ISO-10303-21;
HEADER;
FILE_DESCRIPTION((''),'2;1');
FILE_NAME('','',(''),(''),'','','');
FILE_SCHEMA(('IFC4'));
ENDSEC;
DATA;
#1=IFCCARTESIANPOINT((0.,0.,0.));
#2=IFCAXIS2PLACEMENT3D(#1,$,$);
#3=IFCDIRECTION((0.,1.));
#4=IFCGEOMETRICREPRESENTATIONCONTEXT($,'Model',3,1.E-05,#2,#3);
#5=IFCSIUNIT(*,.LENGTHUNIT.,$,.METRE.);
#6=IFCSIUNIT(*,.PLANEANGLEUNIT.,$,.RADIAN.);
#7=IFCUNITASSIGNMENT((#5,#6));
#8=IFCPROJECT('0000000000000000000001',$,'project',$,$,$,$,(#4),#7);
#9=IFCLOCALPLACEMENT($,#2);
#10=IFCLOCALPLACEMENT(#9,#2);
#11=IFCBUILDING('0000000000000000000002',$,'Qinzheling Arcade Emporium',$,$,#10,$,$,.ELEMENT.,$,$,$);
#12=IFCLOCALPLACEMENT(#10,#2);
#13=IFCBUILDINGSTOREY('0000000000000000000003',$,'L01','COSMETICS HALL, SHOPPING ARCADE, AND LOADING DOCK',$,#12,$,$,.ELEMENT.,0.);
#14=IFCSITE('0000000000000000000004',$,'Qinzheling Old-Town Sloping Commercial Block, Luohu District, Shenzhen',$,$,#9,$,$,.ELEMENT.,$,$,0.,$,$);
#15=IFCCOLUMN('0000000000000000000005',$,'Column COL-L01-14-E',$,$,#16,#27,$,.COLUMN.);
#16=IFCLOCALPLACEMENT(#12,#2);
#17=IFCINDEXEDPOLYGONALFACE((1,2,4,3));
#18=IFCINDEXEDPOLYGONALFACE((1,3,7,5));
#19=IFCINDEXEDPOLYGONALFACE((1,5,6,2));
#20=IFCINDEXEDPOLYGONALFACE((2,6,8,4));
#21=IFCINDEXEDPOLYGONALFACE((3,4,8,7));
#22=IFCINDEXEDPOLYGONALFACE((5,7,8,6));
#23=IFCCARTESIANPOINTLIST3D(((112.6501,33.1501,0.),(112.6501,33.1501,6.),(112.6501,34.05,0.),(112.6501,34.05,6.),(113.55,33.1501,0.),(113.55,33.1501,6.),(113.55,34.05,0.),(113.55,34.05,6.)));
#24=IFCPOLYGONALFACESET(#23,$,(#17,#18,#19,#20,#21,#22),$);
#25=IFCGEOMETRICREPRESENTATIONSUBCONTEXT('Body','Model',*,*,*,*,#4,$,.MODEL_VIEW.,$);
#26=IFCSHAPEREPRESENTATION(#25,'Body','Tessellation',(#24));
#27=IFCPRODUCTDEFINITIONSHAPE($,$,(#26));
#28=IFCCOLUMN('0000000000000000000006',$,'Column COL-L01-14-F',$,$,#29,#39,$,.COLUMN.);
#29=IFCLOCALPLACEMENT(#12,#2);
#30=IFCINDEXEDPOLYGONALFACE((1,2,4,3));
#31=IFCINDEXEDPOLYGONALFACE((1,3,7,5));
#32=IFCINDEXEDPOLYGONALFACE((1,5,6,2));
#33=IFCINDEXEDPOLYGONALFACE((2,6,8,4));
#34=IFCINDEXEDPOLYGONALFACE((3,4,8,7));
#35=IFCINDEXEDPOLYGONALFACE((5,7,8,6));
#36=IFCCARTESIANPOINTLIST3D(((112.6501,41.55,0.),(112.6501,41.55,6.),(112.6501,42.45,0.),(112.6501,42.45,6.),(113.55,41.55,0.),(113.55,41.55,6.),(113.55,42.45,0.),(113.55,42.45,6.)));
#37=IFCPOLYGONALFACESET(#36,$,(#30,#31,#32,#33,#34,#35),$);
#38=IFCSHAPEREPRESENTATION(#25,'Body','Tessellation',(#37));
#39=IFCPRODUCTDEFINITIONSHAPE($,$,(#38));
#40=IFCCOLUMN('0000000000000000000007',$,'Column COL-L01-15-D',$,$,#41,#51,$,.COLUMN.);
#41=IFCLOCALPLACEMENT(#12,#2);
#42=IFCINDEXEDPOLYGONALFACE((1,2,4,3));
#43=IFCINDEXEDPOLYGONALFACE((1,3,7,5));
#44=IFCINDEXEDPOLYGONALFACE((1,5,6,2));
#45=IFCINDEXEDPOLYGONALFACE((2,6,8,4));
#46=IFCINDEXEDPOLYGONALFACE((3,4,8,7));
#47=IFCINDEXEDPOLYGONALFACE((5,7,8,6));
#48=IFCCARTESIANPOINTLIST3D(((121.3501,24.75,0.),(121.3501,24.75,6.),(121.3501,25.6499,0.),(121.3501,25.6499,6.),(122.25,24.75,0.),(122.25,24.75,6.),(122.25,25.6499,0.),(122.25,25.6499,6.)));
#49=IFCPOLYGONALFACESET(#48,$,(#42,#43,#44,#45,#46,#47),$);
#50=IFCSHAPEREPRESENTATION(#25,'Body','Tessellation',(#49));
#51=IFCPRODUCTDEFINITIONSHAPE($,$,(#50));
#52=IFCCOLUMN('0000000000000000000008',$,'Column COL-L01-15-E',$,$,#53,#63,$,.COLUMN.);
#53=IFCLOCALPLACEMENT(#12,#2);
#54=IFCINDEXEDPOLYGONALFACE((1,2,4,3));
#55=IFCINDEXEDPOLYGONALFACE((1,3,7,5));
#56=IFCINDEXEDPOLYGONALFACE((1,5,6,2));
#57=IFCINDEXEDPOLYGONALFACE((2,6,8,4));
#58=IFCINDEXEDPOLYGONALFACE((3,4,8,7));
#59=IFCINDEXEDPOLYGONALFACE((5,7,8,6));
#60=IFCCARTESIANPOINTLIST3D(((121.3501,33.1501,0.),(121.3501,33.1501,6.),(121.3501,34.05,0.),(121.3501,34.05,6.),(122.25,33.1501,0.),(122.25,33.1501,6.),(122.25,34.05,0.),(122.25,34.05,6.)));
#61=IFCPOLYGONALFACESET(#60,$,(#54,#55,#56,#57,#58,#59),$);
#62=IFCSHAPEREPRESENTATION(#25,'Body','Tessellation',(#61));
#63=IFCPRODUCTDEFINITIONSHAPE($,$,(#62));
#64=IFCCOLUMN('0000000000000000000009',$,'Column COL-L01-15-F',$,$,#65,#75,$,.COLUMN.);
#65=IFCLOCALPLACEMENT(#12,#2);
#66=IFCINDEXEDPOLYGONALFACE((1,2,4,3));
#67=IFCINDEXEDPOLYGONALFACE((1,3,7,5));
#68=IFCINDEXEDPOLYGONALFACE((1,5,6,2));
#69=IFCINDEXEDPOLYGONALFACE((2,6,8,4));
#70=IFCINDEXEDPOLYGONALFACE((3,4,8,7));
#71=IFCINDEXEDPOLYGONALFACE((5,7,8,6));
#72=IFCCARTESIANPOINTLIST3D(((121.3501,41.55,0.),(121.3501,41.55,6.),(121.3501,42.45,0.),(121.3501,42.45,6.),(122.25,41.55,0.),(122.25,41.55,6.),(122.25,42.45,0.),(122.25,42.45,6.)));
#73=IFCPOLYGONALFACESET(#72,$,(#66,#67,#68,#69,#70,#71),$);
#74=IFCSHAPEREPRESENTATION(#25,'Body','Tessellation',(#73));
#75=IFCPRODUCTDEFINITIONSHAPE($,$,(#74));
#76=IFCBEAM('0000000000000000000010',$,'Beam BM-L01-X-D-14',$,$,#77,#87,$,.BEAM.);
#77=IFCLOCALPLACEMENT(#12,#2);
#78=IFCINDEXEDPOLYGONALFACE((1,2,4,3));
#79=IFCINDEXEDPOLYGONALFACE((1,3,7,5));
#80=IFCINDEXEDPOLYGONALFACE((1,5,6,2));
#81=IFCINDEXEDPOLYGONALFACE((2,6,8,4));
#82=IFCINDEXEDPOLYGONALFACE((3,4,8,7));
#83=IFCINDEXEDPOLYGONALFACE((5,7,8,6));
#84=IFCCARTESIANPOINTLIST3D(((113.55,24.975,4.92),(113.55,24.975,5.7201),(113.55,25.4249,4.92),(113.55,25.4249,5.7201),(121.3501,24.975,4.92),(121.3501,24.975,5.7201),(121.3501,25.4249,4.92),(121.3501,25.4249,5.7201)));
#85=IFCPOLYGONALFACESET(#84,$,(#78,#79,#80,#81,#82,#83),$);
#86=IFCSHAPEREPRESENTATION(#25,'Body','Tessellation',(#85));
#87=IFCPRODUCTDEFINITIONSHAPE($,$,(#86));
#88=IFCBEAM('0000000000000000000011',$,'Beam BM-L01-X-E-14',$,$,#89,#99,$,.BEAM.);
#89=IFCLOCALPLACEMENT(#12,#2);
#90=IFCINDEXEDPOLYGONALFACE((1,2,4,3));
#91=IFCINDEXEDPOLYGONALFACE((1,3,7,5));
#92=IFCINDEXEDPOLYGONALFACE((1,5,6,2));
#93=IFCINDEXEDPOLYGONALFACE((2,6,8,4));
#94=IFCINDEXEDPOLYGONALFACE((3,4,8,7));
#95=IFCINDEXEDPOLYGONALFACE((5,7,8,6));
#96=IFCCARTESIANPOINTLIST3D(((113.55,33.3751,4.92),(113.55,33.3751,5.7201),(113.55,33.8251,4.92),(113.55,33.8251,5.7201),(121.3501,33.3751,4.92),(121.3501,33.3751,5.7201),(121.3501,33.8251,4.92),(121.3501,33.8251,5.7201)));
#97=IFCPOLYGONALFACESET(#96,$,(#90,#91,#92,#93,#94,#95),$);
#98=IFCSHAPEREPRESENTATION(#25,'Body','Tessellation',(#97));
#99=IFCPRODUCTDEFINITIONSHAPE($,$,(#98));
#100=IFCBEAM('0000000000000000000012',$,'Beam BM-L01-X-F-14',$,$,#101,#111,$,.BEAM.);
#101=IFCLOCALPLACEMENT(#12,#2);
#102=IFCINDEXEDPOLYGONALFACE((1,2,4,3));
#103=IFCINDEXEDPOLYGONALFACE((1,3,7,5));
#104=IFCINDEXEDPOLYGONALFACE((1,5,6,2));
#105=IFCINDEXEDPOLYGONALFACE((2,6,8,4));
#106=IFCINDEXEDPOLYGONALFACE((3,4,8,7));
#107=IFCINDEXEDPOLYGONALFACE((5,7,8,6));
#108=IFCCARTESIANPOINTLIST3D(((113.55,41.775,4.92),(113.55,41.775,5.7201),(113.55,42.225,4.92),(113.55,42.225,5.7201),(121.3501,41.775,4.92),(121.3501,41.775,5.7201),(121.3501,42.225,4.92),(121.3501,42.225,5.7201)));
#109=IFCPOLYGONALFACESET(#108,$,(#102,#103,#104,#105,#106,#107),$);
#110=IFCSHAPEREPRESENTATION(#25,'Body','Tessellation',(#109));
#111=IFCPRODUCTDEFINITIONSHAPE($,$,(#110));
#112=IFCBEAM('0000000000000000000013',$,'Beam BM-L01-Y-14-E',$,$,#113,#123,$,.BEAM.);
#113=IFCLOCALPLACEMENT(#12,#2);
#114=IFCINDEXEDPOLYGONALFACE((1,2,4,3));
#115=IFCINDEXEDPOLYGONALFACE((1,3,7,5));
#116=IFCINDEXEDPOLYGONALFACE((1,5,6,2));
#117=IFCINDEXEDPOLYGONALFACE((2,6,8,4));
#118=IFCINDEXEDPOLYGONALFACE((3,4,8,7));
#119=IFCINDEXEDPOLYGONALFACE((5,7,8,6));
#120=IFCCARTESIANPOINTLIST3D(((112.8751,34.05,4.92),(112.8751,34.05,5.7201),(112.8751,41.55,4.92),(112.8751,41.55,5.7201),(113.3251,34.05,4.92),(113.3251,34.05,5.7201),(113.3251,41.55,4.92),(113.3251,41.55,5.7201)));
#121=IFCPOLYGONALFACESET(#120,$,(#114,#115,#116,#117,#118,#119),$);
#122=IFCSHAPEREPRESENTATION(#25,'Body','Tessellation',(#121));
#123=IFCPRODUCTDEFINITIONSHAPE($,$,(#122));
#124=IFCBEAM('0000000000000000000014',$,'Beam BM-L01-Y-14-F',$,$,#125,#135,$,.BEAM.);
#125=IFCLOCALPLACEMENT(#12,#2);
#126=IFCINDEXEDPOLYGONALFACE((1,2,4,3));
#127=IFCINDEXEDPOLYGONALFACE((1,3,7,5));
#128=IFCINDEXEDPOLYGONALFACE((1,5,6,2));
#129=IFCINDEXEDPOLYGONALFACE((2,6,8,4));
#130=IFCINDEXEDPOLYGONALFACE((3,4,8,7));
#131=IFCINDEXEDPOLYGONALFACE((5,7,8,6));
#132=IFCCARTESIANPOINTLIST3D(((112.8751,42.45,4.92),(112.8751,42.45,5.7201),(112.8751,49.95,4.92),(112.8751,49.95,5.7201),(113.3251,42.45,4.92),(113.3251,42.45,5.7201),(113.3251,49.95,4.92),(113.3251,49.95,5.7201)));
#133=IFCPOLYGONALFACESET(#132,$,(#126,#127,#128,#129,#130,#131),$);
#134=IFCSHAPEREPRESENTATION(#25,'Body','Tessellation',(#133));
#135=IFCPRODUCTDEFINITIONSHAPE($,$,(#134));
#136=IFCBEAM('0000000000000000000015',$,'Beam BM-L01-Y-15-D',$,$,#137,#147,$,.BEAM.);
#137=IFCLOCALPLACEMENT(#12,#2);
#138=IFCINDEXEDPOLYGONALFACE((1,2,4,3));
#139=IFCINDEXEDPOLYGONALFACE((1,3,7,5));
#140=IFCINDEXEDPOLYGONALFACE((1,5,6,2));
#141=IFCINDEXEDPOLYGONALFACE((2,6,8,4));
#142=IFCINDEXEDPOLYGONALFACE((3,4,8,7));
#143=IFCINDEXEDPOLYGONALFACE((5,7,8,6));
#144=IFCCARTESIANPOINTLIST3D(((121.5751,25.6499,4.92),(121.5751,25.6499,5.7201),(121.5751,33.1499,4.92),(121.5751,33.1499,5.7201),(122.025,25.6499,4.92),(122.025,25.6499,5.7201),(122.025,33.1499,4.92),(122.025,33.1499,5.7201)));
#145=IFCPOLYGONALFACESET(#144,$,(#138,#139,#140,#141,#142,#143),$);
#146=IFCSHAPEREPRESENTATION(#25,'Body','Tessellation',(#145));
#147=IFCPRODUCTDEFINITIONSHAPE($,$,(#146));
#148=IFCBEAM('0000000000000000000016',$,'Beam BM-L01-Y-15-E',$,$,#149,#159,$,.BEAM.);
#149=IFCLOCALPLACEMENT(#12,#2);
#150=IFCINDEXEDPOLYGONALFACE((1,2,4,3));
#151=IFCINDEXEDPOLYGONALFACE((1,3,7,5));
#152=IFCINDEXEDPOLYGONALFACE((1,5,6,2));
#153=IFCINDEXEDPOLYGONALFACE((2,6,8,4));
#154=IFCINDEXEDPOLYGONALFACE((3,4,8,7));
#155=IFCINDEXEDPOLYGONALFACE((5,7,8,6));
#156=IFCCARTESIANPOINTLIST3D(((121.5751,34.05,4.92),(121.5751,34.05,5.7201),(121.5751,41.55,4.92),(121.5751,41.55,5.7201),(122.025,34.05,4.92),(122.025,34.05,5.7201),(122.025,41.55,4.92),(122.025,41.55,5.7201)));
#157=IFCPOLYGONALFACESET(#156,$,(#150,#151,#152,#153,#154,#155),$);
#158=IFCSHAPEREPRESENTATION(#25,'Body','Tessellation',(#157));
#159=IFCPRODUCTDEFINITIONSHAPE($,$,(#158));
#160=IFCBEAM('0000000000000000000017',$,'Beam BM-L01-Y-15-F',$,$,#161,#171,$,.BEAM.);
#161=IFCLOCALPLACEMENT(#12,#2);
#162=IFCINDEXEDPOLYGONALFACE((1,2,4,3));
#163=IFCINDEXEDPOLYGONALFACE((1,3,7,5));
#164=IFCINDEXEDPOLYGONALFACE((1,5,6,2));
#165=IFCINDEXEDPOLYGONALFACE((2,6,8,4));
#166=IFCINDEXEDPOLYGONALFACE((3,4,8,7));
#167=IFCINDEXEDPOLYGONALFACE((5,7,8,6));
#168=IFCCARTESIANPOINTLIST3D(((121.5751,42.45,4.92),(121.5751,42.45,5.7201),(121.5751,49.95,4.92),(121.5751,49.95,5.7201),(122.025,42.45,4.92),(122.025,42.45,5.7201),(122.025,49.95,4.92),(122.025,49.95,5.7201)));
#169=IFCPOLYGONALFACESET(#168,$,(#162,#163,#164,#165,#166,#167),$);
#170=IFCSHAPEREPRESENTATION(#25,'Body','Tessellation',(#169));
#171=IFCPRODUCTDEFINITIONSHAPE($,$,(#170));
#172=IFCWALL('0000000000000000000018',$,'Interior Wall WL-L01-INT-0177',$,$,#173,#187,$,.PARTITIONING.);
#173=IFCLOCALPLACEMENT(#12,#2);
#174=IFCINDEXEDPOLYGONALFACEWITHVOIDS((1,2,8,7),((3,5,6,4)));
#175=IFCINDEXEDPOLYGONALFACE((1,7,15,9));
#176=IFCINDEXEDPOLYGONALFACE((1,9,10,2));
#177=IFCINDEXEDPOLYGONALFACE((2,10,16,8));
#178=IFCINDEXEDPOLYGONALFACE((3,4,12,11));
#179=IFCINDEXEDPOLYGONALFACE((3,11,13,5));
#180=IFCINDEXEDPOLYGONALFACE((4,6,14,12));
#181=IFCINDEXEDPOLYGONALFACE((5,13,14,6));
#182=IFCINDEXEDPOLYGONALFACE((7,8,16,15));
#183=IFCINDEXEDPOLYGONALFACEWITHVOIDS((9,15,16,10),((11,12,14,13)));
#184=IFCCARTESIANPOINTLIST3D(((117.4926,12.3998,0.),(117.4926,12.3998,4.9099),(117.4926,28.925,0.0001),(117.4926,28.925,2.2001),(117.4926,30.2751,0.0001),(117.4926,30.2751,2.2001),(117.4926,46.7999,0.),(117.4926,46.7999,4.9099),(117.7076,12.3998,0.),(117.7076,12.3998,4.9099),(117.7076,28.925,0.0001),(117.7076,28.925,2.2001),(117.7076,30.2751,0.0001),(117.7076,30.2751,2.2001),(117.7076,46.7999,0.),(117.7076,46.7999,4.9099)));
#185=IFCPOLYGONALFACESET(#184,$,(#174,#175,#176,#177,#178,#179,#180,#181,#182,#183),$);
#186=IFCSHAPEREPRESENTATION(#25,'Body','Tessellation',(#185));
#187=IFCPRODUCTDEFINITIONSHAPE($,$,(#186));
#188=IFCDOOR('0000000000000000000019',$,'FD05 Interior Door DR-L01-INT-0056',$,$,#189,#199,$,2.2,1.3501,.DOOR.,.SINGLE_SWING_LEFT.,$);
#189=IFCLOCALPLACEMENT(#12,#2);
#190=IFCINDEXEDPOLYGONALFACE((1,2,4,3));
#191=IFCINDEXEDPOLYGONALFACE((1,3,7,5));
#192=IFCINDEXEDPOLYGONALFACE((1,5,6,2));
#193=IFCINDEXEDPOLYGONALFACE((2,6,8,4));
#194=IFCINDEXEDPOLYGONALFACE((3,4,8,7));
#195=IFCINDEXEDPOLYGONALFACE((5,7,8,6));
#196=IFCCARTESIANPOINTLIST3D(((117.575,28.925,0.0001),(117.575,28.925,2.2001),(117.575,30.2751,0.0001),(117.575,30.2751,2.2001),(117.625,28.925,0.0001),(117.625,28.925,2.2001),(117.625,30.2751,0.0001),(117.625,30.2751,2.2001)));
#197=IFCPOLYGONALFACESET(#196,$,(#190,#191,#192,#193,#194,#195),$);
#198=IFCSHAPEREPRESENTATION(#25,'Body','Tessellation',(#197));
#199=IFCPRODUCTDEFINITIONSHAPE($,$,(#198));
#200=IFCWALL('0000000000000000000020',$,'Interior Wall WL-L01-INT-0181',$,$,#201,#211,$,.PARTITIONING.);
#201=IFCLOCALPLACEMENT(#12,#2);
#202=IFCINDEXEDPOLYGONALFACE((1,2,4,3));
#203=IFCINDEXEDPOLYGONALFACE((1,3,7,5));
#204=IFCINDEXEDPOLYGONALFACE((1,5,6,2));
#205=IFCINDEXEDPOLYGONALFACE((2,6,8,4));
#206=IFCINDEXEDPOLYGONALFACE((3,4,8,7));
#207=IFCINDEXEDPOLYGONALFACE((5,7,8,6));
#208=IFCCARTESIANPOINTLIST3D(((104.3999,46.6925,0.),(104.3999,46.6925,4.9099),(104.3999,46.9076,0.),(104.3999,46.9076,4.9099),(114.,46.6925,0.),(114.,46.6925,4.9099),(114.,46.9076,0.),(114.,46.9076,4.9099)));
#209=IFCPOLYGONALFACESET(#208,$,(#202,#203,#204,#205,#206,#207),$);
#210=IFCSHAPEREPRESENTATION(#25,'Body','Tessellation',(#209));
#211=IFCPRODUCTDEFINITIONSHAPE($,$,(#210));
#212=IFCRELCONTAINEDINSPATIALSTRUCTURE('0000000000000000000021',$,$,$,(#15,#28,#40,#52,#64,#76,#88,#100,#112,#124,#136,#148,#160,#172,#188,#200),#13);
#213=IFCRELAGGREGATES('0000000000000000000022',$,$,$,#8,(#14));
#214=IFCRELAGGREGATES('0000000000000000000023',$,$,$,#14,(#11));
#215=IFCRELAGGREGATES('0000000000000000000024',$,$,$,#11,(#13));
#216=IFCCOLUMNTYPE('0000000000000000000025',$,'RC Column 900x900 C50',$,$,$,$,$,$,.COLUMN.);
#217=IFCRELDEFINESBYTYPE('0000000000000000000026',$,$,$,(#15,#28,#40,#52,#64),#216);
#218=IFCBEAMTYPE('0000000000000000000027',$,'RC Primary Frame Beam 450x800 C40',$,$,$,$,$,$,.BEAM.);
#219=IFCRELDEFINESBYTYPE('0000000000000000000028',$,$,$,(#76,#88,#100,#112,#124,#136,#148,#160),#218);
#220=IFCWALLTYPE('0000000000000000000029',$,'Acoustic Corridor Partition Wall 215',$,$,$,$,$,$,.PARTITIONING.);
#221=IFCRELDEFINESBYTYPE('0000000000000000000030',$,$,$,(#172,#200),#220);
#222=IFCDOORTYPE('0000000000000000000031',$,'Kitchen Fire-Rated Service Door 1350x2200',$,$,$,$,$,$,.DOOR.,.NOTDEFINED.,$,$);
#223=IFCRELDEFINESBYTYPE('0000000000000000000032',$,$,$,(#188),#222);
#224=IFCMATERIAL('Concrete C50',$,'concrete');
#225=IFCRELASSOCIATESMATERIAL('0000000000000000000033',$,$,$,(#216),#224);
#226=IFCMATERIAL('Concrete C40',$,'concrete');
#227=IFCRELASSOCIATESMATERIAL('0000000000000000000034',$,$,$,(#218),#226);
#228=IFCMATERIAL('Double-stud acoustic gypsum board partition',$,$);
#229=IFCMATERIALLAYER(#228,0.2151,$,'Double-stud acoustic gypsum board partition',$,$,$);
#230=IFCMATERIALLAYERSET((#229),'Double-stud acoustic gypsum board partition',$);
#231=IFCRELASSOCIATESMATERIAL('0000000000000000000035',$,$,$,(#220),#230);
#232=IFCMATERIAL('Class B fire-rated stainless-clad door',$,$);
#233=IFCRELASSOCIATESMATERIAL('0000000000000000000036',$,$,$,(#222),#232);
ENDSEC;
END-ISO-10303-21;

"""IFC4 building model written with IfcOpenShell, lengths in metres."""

from ifc_helpers import new_model, si_unit, direction, frame, frame_2d, origin, origin_2d, place, context, subcontext, project, spatial, rectangle, extrude, material, layer, layer_set, material_profile, profile_set, type_object, element, fill, save


model = new_model("IFC4")

# Units and contexts
model_context = context("Model", 3, precision=1e-05, world=origin(), true_north=direction((0.0, 1.0)))
body_context = subcontext(model_context, "Body", "Model", "MODEL_VIEW")
ifc_project = project(units=[si_unit("LENGTHUNIT", "METRE"), si_unit("PLANEANGLEUNIT", "RADIAN")], contexts=[model_context])

# Site, building, storey
site_placement = place(None, origin())
site = spatial("IfcSite", under=ifc_project, at=site_placement, Name="Qinzheling Old-Town Sloping Commercial Block, Luohu District, Shenzhen", CompositionType="ELEMENT", RefElevation=0.0)
building_placement = place(site_placement, origin())
building = spatial("IfcBuilding", under=site, at=building_placement, Name="Qinzheling Arcade Emporium", CompositionType="ELEMENT")
storey_placement = place(building_placement, origin())
storey = spatial("IfcBuildingStorey", under=building, at=storey_placement, Name="L01", Description="COSMETICS HALL, SHOPPING ARCADE, AND LOADING DOCK", CompositionType="ELEMENT", Elevation=0.0)

# Columns
ifc_material_1 = material(Name="Concrete C50", Category="concrete")
ifc_material_profile_1 = material_profile(ifc_material_1, rectangle(XDim=0.8999, YDim=0.8999, at=origin_2d()), Name="RC 900x900", Category="concrete")
ifc_profile_set_1 = profile_set([ifc_material_profile_1], Name="Concrete C50")
column_type = type_object("IfcColumnType", Name="RC Column 900x900 C50", PredefinedType="COLUMN", material=ifc_profile_set_1)
for number, where, z_axis, x_axis, name in (
    (1, (113.1001, 33.6001, 0.0), (0.0, 0.0, 1.0), (1.0, 0.0, 0.0), "Column COL-L01-14-E"),
    (2, (113.1001, 42.0, 0.0), (0.0, 0.0, 1.0), (1.0, 0.0, 0.0), "Column COL-L01-14-F"),
    (3, (121.8, 25.2, 0.0), (0.0, 0.0, 1.0), (1.0, 0.0, 0.0), "Column COL-L01-15-D"),
    (4, (121.8, 33.6001, 0.0), (0.0, 0.0, 1.0), (1.0, 0.0, 0.0), "Column COL-L01-15-E"),
    (5, (121.8, 42.0, 0.0), (0.0, 0.0, 1.0), (1.0, 0.0, 0.0), "Column COL-L01-15-F"),
):
    element("IfcColumn", number, at=place(storey_placement, frame(where, z_axis=z_axis, x_axis=x_axis)), inside=storey, type_object=column_type, Name=name, PredefinedType="COLUMN", context=body_context, shape_type="SweptSolid", body=[
        extrude(rectangle(XDim=0.8999, YDim=0.8999, at=origin_2d()), origin(), (0.0, 0.0, 1.0), 6.0),
    ])

# Beams
ifc_material_2 = material(Name="Concrete C40", Category="concrete")
ifc_material_profile_2 = material_profile(ifc_material_2, rectangle(XDim=0.45, YDim=0.8, at=origin_2d()), Name="RC 450x800", Category="concrete")
ifc_profile_set_2 = profile_set([ifc_material_profile_2], Name="Concrete C40")
beam_type = type_object("IfcBeamType", Name="RC Primary Frame Beam 450x800 C40", PredefinedType="BEAM", material=ifc_profile_set_2)
for number, where, z_axis, x_axis, name in (
    (6, (113.55, 25.2, 5.3201), (1.0, 0.0, 0.0), (0.0, 1.0, 0.0), "Beam BM-L01-X-D-14"),
    (7, (113.55, 33.6001, 5.3201), (1.0, 0.0, 0.0), (0.0, 1.0, 0.0), "Beam BM-L01-X-E-14"),
    (8, (113.55, 42.0, 5.3201), (1.0, 0.0, 0.0), (0.0, 1.0, 0.0), "Beam BM-L01-X-F-14"),
):
    element("IfcBeam", number, at=place(storey_placement, frame(where, z_axis=z_axis, x_axis=x_axis)), inside=storey, type_object=beam_type, Name=name, PredefinedType="BEAM", context=body_context, shape_type="SweptSolid", body=[
        extrude(rectangle(XDim=0.45, YDim=0.8, at=origin_2d()), origin(), (0.0, 0.0, 1.0), 7.8),
    ])
for number, where, z_axis, x_axis, name in (
    (9, (113.1001, 34.05, 5.3201), (0.0, 1.0, 0.0), (-1.0, 0.0, 0.0), "Beam BM-L01-Y-14-E"),
    (10, (113.1001, 42.45, 5.3201), (0.0, 1.0, 0.0), (-1.0, 0.0, 0.0), "Beam BM-L01-Y-14-F"),
    (11, (121.8, 25.6499, 5.3201), (0.0, 1.0, 0.0), (-1.0, 0.0, 0.0), "Beam BM-L01-Y-15-D"),
    (12, (121.8, 34.05, 5.3201), (0.0, 1.0, 0.0), (-1.0, 0.0, 0.0), "Beam BM-L01-Y-15-E"),
    (13, (121.8, 42.45, 5.3201), (0.0, 1.0, 0.0), (-1.0, 0.0, 0.0), "Beam BM-L01-Y-15-F"),
):
    element("IfcBeam", number, at=place(storey_placement, frame(where, z_axis=z_axis, x_axis=x_axis)), inside=storey, type_object=beam_type, Name=name, PredefinedType="BEAM", context=body_context, shape_type="SweptSolid", body=[
        extrude(rectangle(XDim=0.45, YDim=0.8, at=origin_2d()), origin(), (0.0, 0.0, 1.0), 7.5),
    ])

# Wall, opening, door
ifc_material_3 = material(Name="Double-stud acoustic gypsum board partition")
ifc_layer_1 = layer(ifc_material_3, 0.2151, Name="Double-stud acoustic gypsum board partition")
ifc_layer_set_1 = layer_set([ifc_layer_1], Name="Double-stud acoustic gypsum board partition")
wall_type_1 = type_object("IfcWallType", Name="Acoustic Corridor Partition Wall 215", PredefinedType="PARTITIONING", material=ifc_layer_set_1)
wall_1_placement = place(storey_placement, frame((117.6001, 46.8, 0.0), z_axis=(0.0, 0.0, 1.0), x_axis=(0.0, -1.0, 0.0)))
wall_1 = element("IfcWall", 14, at=wall_1_placement, inside=storey, type_object=wall_type_1, Name="Interior Wall WL-L01-INT-0177", PredefinedType="PARTITIONING", context=body_context, shape_type="SweptSolid", body=[
    extrude(rectangle(XDim=34.4001, YDim=0.2151, at=frame_2d((17.2002, 0.0))), origin(), (0.0, 0.0, 1.0), 4.9099),
])
opening_placement = place(wall_1_placement, frame((16.5249, 0.0, 0.0)))
opening = element("IfcOpeningElement", 15, at=opening_placement, cuts=wall_1, PredefinedType="OPENING", context=body_context, shape_type="SweptSolid", body=[
    extrude(rectangle(XDim=1.3501, YDim=2.2, at=frame_2d((0.675, 1.1001))), frame((0.0, 0.1177, 0.0), z_axis=(0.0, -1.0, 0.0), x_axis=(1.0, 0.0, 0.0)), (0.0, 0.0, 1.0), 0.2351),
])
ifc_material_4 = material(Name="Class B fire-rated stainless-clad door")
door_type = type_object("IfcDoorType", Name="Kitchen Fire-Rated Service Door 1350x2200", OperationType="NOTDEFINED", PredefinedType="DOOR", material=ifc_material_4)
door_placement = place(opening_placement, origin())
door = element("IfcDoor", 16, at=door_placement, inside=storey, type_object=door_type, Name="FD05 Interior Door DR-L01-INT-0056", OperationType="SINGLE_SWING_LEFT", OverallHeight=2.2, OverallWidth=1.3501, PredefinedType="DOOR", context=body_context, shape_type="SweptSolid", body=[
    extrude(rectangle(XDim=1.3501, YDim=2.2, at=frame_2d((0.675, 1.1001))), frame((0.0, 0.0249, 0.0), z_axis=(0.0, -1.0, 0.0), x_axis=(1.0, 0.0, 0.0)), (0.0, 0.0, 1.0), 0.05),
])
fill(opening, door)

# Wall
wall_2_placement = place(storey_placement, frame((114.0, 46.8, 0.0), z_axis=(0.0, 0.0, 1.0), x_axis=(-1.0, 0.0, 0.0)))
element("IfcWall", 17, at=wall_2_placement, inside=storey, type_object=wall_type_1, Name="Interior Wall WL-L01-INT-0181", PredefinedType="PARTITIONING", context=body_context, shape_type="SweptSolid", body=[
    extrude(rectangle(XDim=9.6001, YDim=0.2151, at=frame_2d((4.8, 0.0))), origin(), (0.0, 0.0, 1.0), 4.9099),
])

save(model, "model.ifc")
